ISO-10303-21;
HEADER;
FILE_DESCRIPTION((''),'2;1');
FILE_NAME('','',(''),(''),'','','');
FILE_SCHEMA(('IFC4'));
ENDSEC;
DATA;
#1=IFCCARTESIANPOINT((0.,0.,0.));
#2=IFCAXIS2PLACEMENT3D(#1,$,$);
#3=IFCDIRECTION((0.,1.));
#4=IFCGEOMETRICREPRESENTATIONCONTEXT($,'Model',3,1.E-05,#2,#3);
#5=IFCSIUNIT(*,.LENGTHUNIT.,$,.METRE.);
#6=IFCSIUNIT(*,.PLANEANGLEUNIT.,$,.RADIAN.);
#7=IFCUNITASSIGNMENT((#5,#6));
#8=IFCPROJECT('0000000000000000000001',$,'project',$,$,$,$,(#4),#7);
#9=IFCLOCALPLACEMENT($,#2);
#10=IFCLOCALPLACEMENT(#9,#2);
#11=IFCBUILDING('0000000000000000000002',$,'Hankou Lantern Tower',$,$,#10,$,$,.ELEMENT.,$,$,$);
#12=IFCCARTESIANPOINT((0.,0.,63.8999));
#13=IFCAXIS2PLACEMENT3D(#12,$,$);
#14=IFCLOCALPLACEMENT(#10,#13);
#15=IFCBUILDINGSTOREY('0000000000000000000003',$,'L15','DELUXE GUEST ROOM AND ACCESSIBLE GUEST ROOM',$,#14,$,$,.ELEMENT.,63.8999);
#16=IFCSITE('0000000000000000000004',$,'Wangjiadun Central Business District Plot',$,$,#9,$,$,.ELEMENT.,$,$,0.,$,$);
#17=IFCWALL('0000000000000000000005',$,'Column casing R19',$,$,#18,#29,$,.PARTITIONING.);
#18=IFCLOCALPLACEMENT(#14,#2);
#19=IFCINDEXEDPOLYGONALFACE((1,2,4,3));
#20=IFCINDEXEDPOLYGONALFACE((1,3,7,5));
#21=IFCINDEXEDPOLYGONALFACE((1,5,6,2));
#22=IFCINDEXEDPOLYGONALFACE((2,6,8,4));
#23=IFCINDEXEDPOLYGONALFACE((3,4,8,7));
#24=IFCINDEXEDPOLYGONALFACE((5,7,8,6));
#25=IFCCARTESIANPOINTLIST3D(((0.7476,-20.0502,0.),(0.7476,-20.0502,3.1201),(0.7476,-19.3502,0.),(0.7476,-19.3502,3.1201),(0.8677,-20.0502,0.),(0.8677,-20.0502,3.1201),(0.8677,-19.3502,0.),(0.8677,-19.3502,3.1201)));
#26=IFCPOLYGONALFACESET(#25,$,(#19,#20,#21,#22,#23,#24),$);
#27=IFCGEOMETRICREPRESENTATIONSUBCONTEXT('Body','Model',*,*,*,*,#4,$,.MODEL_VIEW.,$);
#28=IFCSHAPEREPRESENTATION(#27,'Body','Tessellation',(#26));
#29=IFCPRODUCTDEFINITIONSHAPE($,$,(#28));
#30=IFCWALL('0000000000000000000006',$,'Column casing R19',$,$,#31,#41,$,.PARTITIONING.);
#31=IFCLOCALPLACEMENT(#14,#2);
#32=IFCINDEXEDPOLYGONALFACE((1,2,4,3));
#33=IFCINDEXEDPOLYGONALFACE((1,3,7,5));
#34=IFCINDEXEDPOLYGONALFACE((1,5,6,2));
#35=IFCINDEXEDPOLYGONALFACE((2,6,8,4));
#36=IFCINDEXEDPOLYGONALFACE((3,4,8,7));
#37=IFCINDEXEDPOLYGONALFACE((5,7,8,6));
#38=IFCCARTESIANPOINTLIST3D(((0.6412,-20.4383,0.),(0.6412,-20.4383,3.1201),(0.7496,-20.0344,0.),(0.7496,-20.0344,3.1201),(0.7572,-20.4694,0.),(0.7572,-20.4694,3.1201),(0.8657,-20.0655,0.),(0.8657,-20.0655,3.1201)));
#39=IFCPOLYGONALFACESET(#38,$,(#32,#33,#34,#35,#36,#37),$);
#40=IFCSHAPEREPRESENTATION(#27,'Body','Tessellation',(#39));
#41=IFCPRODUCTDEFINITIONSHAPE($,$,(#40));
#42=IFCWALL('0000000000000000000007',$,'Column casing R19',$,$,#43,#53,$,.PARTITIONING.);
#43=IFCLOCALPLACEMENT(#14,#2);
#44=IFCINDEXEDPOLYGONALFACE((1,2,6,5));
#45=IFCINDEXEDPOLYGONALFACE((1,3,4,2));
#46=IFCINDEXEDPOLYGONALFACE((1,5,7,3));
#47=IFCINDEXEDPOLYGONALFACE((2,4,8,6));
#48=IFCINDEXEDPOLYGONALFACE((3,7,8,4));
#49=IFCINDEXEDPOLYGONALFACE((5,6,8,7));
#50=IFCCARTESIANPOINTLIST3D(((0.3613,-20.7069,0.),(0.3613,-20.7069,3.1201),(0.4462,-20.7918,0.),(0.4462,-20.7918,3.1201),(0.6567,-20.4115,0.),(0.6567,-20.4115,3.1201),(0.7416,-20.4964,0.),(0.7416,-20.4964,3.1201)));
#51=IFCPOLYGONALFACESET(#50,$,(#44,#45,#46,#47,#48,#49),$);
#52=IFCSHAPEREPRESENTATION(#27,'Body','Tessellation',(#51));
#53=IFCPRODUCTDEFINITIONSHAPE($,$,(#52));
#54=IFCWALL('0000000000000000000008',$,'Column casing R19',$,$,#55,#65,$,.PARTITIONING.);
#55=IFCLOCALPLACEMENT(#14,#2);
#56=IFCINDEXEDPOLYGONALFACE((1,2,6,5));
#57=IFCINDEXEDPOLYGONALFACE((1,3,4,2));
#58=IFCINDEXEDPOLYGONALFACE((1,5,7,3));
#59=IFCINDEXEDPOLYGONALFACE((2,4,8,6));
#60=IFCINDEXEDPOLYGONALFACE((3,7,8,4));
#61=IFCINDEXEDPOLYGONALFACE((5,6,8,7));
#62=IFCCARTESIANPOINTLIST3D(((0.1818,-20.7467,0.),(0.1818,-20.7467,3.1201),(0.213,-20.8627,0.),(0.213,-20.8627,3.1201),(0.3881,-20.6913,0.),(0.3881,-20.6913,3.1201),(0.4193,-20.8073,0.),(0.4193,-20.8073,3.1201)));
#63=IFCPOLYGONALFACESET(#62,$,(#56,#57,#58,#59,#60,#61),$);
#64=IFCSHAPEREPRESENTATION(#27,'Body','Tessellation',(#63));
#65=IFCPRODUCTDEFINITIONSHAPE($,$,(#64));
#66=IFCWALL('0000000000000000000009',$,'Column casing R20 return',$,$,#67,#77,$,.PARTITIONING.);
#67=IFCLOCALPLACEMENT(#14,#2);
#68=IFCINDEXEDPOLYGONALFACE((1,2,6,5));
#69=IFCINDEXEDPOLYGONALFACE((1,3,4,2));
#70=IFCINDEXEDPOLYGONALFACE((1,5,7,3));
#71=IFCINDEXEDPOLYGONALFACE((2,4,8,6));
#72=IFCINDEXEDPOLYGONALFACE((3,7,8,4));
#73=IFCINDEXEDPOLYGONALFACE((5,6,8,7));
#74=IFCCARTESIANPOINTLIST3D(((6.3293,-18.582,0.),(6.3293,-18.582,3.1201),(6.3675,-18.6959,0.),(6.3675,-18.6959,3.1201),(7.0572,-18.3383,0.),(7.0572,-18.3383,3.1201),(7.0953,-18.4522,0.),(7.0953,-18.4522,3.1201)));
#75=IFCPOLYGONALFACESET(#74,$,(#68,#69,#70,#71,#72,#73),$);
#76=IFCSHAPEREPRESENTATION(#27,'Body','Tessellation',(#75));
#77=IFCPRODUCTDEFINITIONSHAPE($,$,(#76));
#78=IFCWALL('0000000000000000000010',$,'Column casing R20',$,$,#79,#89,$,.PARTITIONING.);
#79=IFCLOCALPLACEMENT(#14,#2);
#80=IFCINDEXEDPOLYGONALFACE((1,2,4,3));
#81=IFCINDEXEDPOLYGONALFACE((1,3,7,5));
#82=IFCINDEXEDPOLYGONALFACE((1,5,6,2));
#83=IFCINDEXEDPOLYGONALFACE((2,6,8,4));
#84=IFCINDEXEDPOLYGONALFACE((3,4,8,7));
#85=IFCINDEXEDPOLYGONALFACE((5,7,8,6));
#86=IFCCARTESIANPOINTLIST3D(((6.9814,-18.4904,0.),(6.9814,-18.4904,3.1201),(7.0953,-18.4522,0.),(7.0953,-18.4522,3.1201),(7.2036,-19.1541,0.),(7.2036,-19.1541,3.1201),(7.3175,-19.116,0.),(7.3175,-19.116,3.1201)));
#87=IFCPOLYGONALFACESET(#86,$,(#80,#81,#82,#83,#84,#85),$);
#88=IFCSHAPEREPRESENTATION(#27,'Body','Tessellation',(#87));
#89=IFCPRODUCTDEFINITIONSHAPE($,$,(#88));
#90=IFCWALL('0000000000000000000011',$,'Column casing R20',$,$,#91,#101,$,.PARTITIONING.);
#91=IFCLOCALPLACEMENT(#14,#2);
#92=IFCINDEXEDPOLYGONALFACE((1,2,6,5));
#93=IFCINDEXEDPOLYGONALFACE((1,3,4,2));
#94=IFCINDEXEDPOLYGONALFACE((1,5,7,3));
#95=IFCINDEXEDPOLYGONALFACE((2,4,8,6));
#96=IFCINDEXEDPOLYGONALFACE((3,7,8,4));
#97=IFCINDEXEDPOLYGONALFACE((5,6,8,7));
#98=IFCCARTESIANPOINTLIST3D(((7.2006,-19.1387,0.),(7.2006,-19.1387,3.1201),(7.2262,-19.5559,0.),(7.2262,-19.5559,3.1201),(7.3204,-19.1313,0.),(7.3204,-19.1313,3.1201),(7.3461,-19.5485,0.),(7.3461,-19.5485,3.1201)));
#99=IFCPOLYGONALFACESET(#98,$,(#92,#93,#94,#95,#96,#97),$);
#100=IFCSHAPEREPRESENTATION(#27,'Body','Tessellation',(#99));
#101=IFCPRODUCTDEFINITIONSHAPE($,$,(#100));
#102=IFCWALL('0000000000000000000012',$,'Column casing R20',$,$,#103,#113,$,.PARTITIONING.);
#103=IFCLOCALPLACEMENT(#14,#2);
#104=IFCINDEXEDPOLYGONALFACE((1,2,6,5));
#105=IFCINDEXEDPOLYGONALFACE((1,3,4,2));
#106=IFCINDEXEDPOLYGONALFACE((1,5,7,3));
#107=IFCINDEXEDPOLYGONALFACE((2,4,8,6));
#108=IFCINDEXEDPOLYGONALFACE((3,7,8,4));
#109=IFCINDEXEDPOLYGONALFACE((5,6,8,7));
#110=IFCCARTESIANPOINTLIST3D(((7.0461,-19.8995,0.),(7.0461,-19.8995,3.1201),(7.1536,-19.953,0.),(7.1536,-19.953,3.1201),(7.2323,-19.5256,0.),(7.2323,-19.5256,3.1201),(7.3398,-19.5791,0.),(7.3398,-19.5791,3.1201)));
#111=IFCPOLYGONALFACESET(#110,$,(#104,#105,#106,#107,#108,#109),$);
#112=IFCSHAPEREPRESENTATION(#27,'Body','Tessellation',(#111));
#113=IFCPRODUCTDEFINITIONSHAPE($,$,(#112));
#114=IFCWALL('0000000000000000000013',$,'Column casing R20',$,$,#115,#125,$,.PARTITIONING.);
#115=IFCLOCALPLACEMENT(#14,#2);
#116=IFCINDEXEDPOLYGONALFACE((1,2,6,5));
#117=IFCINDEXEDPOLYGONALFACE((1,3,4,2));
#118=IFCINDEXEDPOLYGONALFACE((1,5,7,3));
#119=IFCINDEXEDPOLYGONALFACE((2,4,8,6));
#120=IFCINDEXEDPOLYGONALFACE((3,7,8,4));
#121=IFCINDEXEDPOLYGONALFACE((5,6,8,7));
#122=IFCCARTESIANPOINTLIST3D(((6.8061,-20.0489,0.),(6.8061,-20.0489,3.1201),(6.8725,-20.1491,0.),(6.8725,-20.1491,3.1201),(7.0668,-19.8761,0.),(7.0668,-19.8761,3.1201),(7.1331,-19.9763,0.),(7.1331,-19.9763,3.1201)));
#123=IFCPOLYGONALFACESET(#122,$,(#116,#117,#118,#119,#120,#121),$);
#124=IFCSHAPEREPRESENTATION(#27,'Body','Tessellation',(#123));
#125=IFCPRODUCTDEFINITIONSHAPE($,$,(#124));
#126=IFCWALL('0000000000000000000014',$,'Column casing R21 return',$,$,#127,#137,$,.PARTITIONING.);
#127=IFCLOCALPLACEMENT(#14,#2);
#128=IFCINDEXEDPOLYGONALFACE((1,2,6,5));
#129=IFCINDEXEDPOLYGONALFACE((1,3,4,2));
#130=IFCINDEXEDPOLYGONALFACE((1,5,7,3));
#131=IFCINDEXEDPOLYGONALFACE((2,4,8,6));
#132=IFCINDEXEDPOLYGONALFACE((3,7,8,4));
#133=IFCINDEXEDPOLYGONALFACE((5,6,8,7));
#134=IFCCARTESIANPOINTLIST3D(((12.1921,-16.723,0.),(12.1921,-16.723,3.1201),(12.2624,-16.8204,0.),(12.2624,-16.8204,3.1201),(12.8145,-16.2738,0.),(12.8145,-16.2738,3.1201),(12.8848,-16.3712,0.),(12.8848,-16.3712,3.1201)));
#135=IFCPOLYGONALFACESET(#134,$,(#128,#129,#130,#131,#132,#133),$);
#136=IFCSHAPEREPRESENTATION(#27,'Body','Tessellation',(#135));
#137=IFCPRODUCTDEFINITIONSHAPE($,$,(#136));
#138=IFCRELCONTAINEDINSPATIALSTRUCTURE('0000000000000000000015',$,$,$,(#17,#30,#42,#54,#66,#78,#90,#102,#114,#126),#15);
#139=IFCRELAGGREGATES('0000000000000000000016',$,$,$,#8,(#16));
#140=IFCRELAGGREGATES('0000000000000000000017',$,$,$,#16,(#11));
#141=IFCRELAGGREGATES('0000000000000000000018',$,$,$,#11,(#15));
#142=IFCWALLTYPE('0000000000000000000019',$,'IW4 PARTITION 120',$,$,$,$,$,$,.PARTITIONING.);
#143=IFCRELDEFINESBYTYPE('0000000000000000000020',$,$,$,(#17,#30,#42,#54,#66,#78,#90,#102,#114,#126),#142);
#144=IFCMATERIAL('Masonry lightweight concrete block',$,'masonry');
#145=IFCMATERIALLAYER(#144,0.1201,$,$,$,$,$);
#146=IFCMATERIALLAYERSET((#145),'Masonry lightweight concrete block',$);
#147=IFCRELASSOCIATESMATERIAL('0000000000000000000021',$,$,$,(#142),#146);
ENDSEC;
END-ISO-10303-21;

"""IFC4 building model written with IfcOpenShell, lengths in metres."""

from ifc_helpers import new_model, si_unit, direction, frame, frame_2d, origin, place, context, subcontext, project, spatial, rectangle, extrude, material, layer, layer_set, type_object, element, save


model = new_model("IFC4")

# Units and contexts
model_context = context("Model", 3, precision=1e-05, world=origin(), true_north=direction((0.0, 1.0)))
body_context = subcontext(model_context, "Body", "Model", "MODEL_VIEW")
ifc_project = project(units=[si_unit("LENGTHUNIT", "METRE"), si_unit("PLANEANGLEUNIT", "RADIAN")], contexts=[model_context])

# Site, building, storey
site_placement = place(None, origin())
site = spatial("IfcSite", under=ifc_project, at=site_placement, Name="Wangjiadun Central Business District Plot", CompositionType="ELEMENT", RefElevation=0.0)
building_placement = place(site_placement, origin())
building = spatial("IfcBuilding", under=site, at=building_placement, Name="Hankou Lantern Tower", CompositionType="ELEMENT")
storey_placement = place(building_placement, frame((0.0, 0.0, 63.8999)))
storey = spatial("IfcBuildingStorey", under=building, at=storey_placement, Name="L15", Description="DELUXE GUEST ROOM AND ACCESSIBLE GUEST ROOM", CompositionType="ELEMENT", Elevation=63.8999)

# Walls
ifc_material_1 = material(Name="Masonry lightweight concrete block", Category="masonry")
ifc_layer_1 = layer(ifc_material_1, 0.1201)
ifc_layer_set_1 = layer_set([ifc_layer_1], Name="Masonry lightweight concrete block")
wall_type_1 = type_object("IfcWallType", Name="IW4 PARTITION 120", PredefinedType="PARTITIONING", material=ifc_layer_set_1)
wall_1_placement = place(storey_placement, frame((0.8076, -19.3501, 0.0), z_axis=(0.0, 0.0, 1.0), x_axis=(0.0, -1.0, 0.0)))
element("IfcWall", 1, at=wall_1_placement, inside=storey, type_object=wall_type_1, Name="Column casing R19", PredefinedType="PARTITIONING", context=body_context, shape_type="SweptSolid", body=[
    extrude(rectangle(XDim=0.7, YDim=0.1201, at=frame_2d((0.3501, 0.0))), origin(), (0.0, 0.0, 1.0), 3.1201),
])
wall_2_placement = place(storey_placement, frame((0.8076, -20.05, 0.0), z_axis=(0.0, 0.0, 1.0), x_axis=(-0.259261, -0.965807, 0.0)))
element("IfcWall", 2, at=wall_2_placement, inside=storey, type_object=wall_type_1, Name="Column casing R19", PredefinedType="PARTITIONING", context=body_context, shape_type="SweptSolid", body=[
    extrude(rectangle(XDim=0.4182, YDim=0.1201, at=frame_2d((0.209, 0.0))), origin(), (0.0, 0.0, 1.0), 3.1201),
])
wall_3_placement = place(storey_placement, frame((0.6992, -20.4539, 0.0), z_axis=(0.0, 0.0, 1.0), x_axis=(-0.707107, -0.707107, 0.0)))
element("IfcWall", 3, at=wall_3_placement, inside=storey, type_object=wall_type_1, Name="Column casing R19", PredefinedType="PARTITIONING", context=body_context, shape_type="SweptSolid", body=[
    extrude(rectangle(XDim=0.4177, YDim=0.1201, at=frame_2d((0.209, 0.0))), origin(), (0.0, 0.0, 1.0), 3.1201),
])
wall_4_placement = place(storey_placement, frame((0.4038, -20.7493, 0.0), z_axis=(0.0, 0.0, 1.0), x_axis=(-0.965759, -0.259441, 0.0)))
element("IfcWall", 4, at=wall_4_placement, inside=storey, type_object=wall_type_1, Name="Column casing R19", PredefinedType="PARTITIONING", context=body_context, shape_type="SweptSolid", body=[
    extrude(rectangle(XDim=0.2136, YDim=0.1201, at=frame_2d((0.1069, 0.0))), origin(), (0.0, 0.0, 1.0), 3.1201),
])
wall_5_placement = place(storey_placement, frame((6.3484, -18.6389, 0.0), z_axis=(0.0, 0.0, 1.0), x_axis=(0.948269, 0.317468, 0.0)))
element("IfcWall", 5, at=wall_5_placement, inside=storey, type_object=wall_type_1, Name="Column casing R20 return", PredefinedType="PARTITIONING", context=body_context, shape_type="SweptSolid", body=[
    extrude(rectangle(XDim=0.7676, YDim=0.1201, at=frame_2d((0.3838, 0.0))), origin(), (0.0, 0.0, 1.0), 3.1201),
])
wall_6_placement = place(storey_placement, frame((7.0383, -18.4712, 0.0), z_axis=(0.0, 0.0, 1.0), x_axis=(0.317378, -0.948299, 0.0)))
element("IfcWall", 6, at=wall_6_placement, inside=storey, type_object=wall_type_1, Name="Column casing R20", PredefinedType="PARTITIONING", context=body_context, shape_type="SweptSolid", body=[
    extrude(rectangle(XDim=0.7, YDim=0.1201, at=frame_2d((0.3501, 0.0))), origin(), (0.0, 0.0, 1.0), 3.1201),
])
wall_7_placement = place(storey_placement, frame((7.2605, -19.135, 0.0), z_axis=(0.0, 0.0, 1.0), x_axis=(0.061324, -0.998118, 0.0)))
element("IfcWall", 7, at=wall_7_placement, inside=storey, type_object=wall_type_1, Name="Column casing R20", PredefinedType="PARTITIONING", context=body_context, shape_type="SweptSolid", body=[
    extrude(rectangle(XDim=0.418, YDim=0.1201, at=frame_2d((0.209, 0.0))), origin(), (0.0, 0.0, 1.0), 3.1201),
])
wall_8_placement = place(storey_placement, frame((7.2861, -19.5522, 0.0), z_axis=(0.0, 0.0, 1.0), x_axis=(-0.445811, -0.895127, 0.0)))
element("IfcWall", 8, at=wall_8_placement, inside=storey, type_object=wall_type_1, Name="Column casing R20", PredefinedType="PARTITIONING", context=body_context, shape_type="SweptSolid", body=[
    extrude(rectangle(XDim=0.4177, YDim=0.1201, at=frame_2d((0.209, 0.0))), origin(), (0.0, 0.0, 1.0), 3.1201),
])
wall_9_placement = place(storey_placement, frame((7.0999, -19.9263, 0.0), z_axis=(0.0, 0.0, 1.0), x_axis=(-0.833488, -0.552537, 0.0)))
element("IfcWall", 9, at=wall_9_placement, inside=storey, type_object=wall_type_1, Name="Column casing R20", PredefinedType="PARTITIONING", context=body_context, shape_type="SweptSolid", body=[
    extrude(rectangle(XDim=0.3127, YDim=0.1201, at=frame_2d((0.1562, 0.0))), origin(), (0.0, 0.0, 1.0), 3.1201),
])
wall_10_placement = place(storey_placement, frame((12.2273, -16.7717, 0.0), z_axis=(0.0, 0.0, 1.0), x_axis=(0.810822, 0.585293, 0.0)))
element("IfcWall", 10, at=wall_10_placement, inside=storey, type_object=wall_type_1, Name="Column casing R21 return", PredefinedType="PARTITIONING", context=body_context, shape_type="SweptSolid", body=[
    extrude(rectangle(XDim=0.7676, YDim=0.1201, at=frame_2d((0.3838, 0.0))), origin(), (0.0, 0.0, 1.0), 3.1201),
])

save(model, "model.ifc")
